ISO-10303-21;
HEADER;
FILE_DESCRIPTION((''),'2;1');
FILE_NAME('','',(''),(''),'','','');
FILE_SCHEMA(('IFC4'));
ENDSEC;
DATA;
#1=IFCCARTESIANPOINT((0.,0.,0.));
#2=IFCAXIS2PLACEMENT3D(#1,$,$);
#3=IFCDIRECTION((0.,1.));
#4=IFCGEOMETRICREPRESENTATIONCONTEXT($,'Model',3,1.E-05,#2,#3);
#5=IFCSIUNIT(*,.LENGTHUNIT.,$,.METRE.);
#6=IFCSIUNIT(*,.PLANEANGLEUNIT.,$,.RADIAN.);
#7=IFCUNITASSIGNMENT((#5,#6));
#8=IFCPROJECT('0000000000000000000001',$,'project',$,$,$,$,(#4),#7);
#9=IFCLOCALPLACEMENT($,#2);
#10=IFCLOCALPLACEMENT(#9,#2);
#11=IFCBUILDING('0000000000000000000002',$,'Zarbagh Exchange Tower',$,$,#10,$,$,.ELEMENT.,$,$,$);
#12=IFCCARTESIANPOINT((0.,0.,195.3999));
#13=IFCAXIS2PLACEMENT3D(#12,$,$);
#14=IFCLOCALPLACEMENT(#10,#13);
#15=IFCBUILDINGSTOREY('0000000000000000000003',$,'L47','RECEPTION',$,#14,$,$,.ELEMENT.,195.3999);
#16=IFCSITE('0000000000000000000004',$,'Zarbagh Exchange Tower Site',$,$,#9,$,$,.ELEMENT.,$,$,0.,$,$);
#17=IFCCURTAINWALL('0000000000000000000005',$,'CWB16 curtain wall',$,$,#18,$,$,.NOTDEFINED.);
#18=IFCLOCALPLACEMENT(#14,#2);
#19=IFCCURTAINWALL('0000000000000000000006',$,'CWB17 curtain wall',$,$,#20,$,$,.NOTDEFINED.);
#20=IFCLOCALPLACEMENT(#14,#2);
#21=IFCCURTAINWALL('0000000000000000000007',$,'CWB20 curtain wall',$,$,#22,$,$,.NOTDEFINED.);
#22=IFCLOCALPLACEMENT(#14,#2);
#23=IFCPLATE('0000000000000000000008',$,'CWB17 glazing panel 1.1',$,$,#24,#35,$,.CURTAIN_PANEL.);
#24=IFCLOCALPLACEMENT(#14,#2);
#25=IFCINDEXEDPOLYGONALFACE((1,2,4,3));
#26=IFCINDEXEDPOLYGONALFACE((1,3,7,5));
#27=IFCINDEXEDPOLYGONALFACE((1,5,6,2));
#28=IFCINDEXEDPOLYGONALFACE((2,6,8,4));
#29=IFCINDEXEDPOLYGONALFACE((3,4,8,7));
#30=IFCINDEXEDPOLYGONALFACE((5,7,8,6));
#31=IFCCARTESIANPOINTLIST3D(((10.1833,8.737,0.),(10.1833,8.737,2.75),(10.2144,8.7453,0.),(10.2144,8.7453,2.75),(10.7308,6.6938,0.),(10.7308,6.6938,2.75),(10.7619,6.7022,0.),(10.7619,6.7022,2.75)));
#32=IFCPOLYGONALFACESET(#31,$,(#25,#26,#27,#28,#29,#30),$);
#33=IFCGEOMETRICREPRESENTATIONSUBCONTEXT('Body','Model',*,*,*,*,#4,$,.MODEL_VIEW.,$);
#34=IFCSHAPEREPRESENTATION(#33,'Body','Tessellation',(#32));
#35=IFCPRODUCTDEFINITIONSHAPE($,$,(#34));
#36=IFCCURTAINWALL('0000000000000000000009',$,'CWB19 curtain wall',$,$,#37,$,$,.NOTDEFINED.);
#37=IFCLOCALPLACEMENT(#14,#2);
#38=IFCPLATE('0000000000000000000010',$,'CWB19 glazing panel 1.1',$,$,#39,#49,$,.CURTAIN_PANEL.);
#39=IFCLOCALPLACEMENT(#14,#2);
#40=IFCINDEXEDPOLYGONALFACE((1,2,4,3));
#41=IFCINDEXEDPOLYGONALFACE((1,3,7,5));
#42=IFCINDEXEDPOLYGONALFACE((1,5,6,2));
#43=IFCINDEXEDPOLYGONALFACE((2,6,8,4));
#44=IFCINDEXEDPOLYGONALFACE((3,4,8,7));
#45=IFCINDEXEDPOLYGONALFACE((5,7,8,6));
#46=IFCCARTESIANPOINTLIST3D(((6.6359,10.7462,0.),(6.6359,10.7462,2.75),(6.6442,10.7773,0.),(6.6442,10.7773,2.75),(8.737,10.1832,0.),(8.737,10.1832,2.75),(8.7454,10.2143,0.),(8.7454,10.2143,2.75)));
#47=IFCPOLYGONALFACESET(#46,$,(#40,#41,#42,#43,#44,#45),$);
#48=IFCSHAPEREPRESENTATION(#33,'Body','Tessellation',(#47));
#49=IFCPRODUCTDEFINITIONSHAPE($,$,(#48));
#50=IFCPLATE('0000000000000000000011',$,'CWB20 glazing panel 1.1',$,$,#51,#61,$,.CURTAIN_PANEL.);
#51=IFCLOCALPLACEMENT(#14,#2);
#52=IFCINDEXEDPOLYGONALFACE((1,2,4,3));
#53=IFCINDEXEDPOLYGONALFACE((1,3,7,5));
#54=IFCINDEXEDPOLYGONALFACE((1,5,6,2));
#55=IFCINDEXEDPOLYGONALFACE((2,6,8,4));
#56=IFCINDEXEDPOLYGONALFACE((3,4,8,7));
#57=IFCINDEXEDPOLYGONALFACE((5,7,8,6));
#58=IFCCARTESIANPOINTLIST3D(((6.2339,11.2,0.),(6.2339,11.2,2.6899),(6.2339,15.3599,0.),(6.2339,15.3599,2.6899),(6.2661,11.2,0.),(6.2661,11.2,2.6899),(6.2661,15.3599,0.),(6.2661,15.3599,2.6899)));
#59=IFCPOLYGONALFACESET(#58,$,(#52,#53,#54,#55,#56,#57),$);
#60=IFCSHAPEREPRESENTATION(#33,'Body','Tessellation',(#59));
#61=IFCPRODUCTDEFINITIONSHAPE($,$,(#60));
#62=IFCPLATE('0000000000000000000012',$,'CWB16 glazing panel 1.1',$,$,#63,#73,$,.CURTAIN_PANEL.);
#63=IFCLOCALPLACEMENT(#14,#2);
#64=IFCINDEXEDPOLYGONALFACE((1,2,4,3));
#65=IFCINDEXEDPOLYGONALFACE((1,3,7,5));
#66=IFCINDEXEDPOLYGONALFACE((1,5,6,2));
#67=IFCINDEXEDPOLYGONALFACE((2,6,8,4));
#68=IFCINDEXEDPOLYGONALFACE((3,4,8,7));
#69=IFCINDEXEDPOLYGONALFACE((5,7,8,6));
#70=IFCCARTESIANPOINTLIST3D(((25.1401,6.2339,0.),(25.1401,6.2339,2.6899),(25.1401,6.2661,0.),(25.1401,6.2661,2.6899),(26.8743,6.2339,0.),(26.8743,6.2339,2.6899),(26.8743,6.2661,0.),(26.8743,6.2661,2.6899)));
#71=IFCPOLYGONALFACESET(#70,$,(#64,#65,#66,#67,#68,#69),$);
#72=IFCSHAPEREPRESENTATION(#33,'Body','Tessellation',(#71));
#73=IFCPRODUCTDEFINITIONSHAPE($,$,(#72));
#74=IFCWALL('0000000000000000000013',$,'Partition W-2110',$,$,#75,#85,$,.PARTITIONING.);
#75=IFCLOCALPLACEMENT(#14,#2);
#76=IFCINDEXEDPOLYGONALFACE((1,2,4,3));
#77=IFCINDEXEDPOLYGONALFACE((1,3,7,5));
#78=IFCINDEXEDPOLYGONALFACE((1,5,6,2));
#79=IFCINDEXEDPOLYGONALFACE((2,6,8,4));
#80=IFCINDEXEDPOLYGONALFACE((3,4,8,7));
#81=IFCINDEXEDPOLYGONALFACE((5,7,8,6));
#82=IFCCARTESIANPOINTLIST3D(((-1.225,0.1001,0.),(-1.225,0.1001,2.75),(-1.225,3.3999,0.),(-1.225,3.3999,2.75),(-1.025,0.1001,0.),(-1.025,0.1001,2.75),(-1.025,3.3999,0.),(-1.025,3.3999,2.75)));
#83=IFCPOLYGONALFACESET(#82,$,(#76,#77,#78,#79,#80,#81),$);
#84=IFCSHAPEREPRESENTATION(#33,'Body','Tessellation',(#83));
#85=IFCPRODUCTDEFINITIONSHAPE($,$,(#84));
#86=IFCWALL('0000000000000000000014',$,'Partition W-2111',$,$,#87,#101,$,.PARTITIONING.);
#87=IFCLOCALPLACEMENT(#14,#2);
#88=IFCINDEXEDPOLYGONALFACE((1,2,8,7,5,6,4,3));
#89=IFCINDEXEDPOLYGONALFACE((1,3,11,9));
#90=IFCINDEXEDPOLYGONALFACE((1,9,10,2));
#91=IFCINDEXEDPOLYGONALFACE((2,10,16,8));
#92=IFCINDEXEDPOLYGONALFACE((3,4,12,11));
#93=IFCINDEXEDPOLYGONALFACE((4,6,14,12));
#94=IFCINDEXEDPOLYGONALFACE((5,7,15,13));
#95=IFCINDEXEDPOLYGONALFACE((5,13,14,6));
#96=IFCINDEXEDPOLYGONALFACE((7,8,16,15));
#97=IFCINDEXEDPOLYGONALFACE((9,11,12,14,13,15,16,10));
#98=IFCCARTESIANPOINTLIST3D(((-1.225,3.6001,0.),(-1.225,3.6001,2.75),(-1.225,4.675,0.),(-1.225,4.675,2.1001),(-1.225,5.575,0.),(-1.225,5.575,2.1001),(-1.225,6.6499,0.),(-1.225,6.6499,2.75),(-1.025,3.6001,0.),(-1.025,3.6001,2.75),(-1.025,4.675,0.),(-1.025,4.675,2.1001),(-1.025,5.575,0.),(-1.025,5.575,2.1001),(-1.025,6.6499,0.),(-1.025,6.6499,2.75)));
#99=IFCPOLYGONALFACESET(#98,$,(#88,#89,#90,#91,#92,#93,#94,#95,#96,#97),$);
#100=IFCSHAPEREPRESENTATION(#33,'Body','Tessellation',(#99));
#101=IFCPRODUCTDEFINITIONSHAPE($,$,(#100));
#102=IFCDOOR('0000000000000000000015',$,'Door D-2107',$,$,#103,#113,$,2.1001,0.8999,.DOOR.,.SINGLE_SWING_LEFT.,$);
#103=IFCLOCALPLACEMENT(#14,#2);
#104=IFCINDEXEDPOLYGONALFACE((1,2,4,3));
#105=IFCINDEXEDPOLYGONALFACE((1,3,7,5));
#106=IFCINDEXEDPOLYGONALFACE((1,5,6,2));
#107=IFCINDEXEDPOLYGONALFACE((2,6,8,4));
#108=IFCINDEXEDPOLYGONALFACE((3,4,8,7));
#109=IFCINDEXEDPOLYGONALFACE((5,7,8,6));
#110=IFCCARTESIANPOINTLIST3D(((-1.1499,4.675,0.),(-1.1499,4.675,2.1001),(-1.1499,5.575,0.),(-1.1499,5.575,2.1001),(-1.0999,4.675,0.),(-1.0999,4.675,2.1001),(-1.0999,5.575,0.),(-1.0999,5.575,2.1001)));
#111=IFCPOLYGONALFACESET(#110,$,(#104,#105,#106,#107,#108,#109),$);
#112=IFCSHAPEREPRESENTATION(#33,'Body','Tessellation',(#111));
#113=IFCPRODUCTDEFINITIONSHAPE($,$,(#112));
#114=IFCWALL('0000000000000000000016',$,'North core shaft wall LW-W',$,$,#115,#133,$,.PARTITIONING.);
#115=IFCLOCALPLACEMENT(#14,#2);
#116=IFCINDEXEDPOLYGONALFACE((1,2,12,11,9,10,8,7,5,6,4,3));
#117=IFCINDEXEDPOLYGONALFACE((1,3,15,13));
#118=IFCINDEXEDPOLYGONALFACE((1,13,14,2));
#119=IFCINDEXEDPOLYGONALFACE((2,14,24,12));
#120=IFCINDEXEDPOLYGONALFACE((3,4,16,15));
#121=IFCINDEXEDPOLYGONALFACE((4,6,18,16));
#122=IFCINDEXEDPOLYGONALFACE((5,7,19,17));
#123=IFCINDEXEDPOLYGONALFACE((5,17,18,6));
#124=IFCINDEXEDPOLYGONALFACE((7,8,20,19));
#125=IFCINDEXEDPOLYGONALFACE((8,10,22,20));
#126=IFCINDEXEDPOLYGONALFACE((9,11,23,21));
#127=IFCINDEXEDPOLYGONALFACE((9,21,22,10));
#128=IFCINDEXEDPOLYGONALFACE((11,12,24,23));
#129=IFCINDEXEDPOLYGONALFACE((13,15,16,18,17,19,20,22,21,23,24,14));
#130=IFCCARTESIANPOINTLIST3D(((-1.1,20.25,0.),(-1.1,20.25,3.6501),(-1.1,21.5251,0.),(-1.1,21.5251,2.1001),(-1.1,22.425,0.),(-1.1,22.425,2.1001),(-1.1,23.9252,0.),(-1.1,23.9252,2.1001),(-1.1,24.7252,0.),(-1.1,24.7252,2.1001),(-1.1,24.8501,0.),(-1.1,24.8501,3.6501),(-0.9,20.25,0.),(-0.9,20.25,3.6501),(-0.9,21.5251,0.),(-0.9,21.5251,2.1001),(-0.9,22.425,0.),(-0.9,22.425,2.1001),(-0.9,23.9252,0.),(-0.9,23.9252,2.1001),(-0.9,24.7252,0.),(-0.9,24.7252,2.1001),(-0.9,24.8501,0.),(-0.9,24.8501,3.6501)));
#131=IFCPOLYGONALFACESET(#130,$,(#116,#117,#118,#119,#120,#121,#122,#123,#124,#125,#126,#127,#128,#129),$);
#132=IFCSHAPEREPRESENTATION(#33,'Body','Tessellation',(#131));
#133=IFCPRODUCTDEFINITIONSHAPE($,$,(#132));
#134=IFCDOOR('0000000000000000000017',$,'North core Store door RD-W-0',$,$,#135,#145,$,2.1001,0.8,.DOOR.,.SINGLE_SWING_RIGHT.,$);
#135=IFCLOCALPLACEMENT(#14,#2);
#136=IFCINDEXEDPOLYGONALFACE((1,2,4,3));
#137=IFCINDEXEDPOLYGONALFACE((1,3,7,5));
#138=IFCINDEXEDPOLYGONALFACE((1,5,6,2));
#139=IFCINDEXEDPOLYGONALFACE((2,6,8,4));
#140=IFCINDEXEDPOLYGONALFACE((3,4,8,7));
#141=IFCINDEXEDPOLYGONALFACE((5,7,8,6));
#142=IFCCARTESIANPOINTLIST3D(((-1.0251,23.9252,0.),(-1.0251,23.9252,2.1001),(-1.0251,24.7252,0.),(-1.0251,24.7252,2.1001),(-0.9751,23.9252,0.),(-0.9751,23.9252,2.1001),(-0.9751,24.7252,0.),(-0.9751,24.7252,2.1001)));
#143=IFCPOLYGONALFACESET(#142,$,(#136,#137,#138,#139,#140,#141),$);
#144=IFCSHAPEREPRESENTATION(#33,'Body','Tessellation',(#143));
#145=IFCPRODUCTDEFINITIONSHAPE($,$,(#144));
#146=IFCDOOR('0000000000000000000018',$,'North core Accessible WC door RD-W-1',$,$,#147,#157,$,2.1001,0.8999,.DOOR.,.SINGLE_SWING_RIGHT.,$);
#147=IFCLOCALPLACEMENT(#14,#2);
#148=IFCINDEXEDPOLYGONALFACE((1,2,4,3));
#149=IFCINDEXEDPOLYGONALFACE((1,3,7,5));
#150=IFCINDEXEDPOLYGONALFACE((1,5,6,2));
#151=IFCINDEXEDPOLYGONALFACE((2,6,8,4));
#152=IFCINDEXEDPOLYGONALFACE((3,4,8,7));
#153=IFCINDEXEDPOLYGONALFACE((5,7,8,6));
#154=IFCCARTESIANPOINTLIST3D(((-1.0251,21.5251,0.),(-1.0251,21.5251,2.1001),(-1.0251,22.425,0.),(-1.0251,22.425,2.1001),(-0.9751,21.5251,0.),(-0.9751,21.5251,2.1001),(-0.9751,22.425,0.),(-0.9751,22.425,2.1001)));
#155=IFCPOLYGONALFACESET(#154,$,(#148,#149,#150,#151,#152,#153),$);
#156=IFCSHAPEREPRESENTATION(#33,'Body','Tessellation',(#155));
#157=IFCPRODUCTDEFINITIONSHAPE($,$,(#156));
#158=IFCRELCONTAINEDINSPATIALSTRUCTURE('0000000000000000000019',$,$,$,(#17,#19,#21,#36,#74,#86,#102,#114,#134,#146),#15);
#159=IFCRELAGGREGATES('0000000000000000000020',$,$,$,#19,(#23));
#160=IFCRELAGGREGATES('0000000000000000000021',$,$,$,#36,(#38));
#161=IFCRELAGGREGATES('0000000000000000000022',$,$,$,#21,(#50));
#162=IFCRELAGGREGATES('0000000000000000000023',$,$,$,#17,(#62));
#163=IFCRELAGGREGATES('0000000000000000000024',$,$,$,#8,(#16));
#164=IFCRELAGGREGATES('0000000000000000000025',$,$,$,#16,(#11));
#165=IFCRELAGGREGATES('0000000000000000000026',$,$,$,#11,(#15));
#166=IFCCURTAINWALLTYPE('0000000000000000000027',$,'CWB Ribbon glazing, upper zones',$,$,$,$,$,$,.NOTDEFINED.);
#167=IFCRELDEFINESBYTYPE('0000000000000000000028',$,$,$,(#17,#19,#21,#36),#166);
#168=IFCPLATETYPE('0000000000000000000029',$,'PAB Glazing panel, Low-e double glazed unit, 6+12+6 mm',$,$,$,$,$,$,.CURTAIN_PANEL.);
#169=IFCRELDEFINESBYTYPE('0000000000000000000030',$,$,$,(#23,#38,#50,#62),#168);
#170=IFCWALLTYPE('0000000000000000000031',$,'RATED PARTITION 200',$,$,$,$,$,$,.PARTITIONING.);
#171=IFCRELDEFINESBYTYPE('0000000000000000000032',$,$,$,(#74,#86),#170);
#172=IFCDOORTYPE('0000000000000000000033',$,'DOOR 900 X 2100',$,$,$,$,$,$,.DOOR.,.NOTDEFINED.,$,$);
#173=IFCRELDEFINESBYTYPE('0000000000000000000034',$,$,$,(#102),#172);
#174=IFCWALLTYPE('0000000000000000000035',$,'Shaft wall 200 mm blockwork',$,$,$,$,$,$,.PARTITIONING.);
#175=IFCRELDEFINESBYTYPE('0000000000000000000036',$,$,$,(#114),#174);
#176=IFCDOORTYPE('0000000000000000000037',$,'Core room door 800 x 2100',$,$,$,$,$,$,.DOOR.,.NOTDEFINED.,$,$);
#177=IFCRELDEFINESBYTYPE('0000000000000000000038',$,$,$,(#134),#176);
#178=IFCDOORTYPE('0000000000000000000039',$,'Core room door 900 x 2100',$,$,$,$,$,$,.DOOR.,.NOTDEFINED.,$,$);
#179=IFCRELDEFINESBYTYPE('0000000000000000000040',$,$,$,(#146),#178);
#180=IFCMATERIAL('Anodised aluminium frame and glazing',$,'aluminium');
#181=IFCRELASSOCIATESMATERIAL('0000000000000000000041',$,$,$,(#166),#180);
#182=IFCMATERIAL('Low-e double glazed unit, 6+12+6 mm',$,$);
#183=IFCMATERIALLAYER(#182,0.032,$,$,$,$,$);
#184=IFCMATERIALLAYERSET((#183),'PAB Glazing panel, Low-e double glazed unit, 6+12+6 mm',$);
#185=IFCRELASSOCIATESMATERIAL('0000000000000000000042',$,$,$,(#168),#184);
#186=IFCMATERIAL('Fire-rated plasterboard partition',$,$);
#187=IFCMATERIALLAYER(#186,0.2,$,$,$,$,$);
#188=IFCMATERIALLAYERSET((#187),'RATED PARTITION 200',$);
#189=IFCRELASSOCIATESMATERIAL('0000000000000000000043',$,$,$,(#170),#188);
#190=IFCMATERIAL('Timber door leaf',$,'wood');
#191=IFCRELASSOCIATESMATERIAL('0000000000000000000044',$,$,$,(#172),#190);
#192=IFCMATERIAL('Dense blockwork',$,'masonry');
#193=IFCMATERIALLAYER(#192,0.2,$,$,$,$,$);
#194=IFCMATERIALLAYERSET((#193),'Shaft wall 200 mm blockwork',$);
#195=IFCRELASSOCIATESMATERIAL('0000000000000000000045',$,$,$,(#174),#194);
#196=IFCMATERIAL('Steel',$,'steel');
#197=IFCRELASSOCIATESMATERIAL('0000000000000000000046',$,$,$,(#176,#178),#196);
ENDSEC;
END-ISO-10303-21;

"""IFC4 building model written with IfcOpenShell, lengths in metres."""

from ifc_helpers import new_model, si_unit, direction, frame, frame_2d, origin, place, context, subcontext, project, spatial, polyline, rectangle, outline, extrude, source, transform, mapped, material, layer, layer_set, type_object, element, fill, aggregate, save


model = new_model("IFC4")

# Units and contexts
model_context = context("Model", 3, precision=1e-05, world=origin(), true_north=direction((0.0, 1.0)))
body_context = subcontext(model_context, "Body", "Model", "MODEL_VIEW")
ifc_project = project(units=[si_unit("LENGTHUNIT", "METRE"), si_unit("PLANEANGLEUNIT", "RADIAN")], contexts=[model_context])

# Site, building, storey
site_placement = place(None, origin())
site = spatial("IfcSite", under=ifc_project, at=site_placement, Name="Zarbagh Exchange Tower Site", CompositionType="ELEMENT", RefElevation=0.0)
building_placement = place(site_placement, origin())
building = spatial("IfcBuilding", under=site, at=building_placement, Name="Zarbagh Exchange Tower", CompositionType="ELEMENT")
storey_placement = place(building_placement, frame((0.0, 0.0, 195.3999)))
storey = spatial("IfcBuildingStorey", under=building, at=storey_placement, Name="L47", Description="RECEPTION", CompositionType="ELEMENT", Elevation=195.3999)

# Curtain wall
ifc_material_1 = material(Name="Anodised aluminium frame and glazing", Category="aluminium")
curtain_wall_type = type_object("IfcCurtainWallType", Name="CWB Ribbon glazing, upper zones", PredefinedType="NOTDEFINED", material=ifc_material_1)
curtain_wall_1_placement = place(storey_placement, origin())
curtain_wall_1 = element("IfcCurtainWall", 1, at=curtain_wall_1_placement, inside=storey, type_object=curtain_wall_type, Name="CWB16 curtain wall", PredefinedType="NOTDEFINED")
placement = place(storey_placement, origin())

# Curtain wall
curtain_wall_2_placement = place(storey_placement, origin())
curtain_wall_2 = element("IfcCurtainWall", 2, at=curtain_wall_2_placement, inside=storey, type_object=curtain_wall_type, Name="CWB17 curtain wall", PredefinedType="NOTDEFINED")

# Curtain wall
curtain_wall_3_placement = place(storey_placement, origin())
curtain_wall_3 = element("IfcCurtainWall", 3, at=curtain_wall_3_placement, inside=storey, type_object=curtain_wall_type, Name="CWB20 curtain wall", PredefinedType="NOTDEFINED")

# Shared definitions
ifc_material_2 = material(Name="Low-e double glazed unit, 6+12+6 mm")
ifc_layer_1 = layer(ifc_material_2, 0.032)
ifc_layer_set_1 = layer_set([ifc_layer_1], Name="PAB Glazing panel, Low-e double glazed unit, 6+12+6 mm")
plate_type = type_object("IfcPlateType", Name="PAB Glazing panel, Low-e double glazed unit, 6+12+6 mm", PredefinedType="CURTAIN_PANEL", material=ifc_layer_set_1)

# Plate
shared_shape_1 = source(origin(), body_context, "Body", "SweptSolid", [
    extrude(outline(polyline([(0.0, -0.0161), (2.1152, -0.0161), (2.1152, 0.0161), (0.0, 0.0161), (0.0, -0.0161)])), origin(), (0.0, 0.0, 1.0), 2.75),
])
plate_1 = element("IfcPlate", 4, at=placement, type_object=plate_type, Name="CWB17 glazing panel 1.1", PredefinedType="CURTAIN_PANEL", context=body_context, shape_type="MappedRepresentation", body=[
    mapped(shared_shape_1, transform((10.7463, 6.698, 0.0), x_axis=(-0.258825, 0.965924, 0.0), y_axis=(-0.965924, -0.258825, 0.0), z_axis=(0.0, 0.0, 1.0))),
])
aggregate(curtain_wall_2, [plate_1])

# Curtain wall, plate
curtain_wall_4_placement = place(storey_placement, origin())
curtain_wall_4 = element("IfcCurtainWall", 5, at=curtain_wall_4_placement, inside=storey, type_object=curtain_wall_type, Name="CWB19 curtain wall", PredefinedType="NOTDEFINED")
shared_shape_2 = source(origin(), body_context, "Body", "SweptSolid", [
    extrude(outline(polyline([(0.0, -0.0161), (2.1753, -0.0161), (2.1753, 0.0161), (0.0, 0.0161), (0.0, -0.0161)])), origin(), (0.0, 0.0, 1.0), 2.75),
])
plate_2 = element("IfcPlate", 6, at=placement, type_object=plate_type, Name="CWB19 glazing panel 1.1", PredefinedType="CURTAIN_PANEL", context=body_context, shape_type="MappedRepresentation", body=[
    mapped(shared_shape_2, transform((8.7412, 10.1987, 0.0), x_axis=(-0.965924, 0.258825, 0.0), y_axis=(-0.258825, -0.965924, 0.0), z_axis=(0.0, 0.0, 1.0))),
])
aggregate(curtain_wall_4, [plate_2])

# Plates
shared_shape_3 = source(origin(), body_context, "Body", "SweptSolid", [
    extrude(outline(polyline([(0.0, -0.0161), (4.1599, -0.0161), (4.1599, 0.0161), (0.0, 0.0161), (0.0, -0.0161)])), origin(), (0.0, 0.0, 1.0), 2.6899),
])
plate_3 = element("IfcPlate", 7, at=placement, type_object=plate_type, Name="CWB20 glazing panel 1.1", PredefinedType="CURTAIN_PANEL", context=body_context, shape_type="MappedRepresentation", body=[
    mapped(shared_shape_3, transform((6.25, 11.2, 0.0), x_axis=(0.0, 1.0, 0.0), y_axis=(-1.0, 0.0, 0.0), z_axis=(0.0, 0.0, 1.0))),
])
aggregate(curtain_wall_3, [plate_3])
shared_shape_4 = source(origin(), body_context, "Body", "SweptSolid", [
    extrude(outline(polyline([(0.0, -0.0161), (1.7341, -0.0161), (1.7341, 0.0161), (0.0, 0.0161), (0.0, -0.0161)])), origin(), (0.0, 0.0, 1.0), 2.6899),
])
plate_4 = element("IfcPlate", 8, at=placement, type_object=plate_type, Name="CWB16 glazing panel 1.1", PredefinedType="CURTAIN_PANEL", context=body_context, shape_type="MappedRepresentation", body=[
    mapped(shared_shape_4, transform((26.8743, 6.25, 0.0), x_axis=(-1.0, 0.0, 0.0), y_axis=(0.0, -1.0, 0.0), z_axis=(0.0, 0.0, 1.0))),
])
aggregate(curtain_wall_1, [plate_4])

# Wall
ifc_material_3 = material(Name="Fire-rated plasterboard partition")
ifc_layer_2 = layer(ifc_material_3, 0.2)
ifc_layer_set_2 = layer_set([ifc_layer_2], Name="RATED PARTITION 200")
wall_type_1 = type_object("IfcWallType", Name="RATED PARTITION 200", PredefinedType="PARTITIONING", material=ifc_layer_set_2)
wall_1_placement = place(storey_placement, frame((-1.125, 0.1001, 0.0), z_axis=(0.0, 0.0, 1.0), x_axis=(0.0, 1.0, 0.0)))
element("IfcWall", 9, at=wall_1_placement, inside=storey, type_object=wall_type_1, Name="Partition W-2110", PredefinedType="PARTITIONING", context=body_context, shape_type="SweptSolid", body=[
    extrude(rectangle(XDim=3.2998, YDim=0.2, at=frame_2d((1.6499, 0.0))), origin(), (0.0, 0.0, 1.0), 2.75),
])

# Wall, opening, door
wall_2_placement = place(storey_placement, frame((-1.125, 3.6001, 0.0), z_axis=(0.0, 0.0, 1.0), x_axis=(0.0, 1.0, 0.0)))
wall_2 = element("IfcWall", 10, at=wall_2_placement, inside=storey, type_object=wall_type_1, Name="Partition W-2111", PredefinedType="PARTITIONING", context=body_context, shape_type="SweptSolid", body=[
    extrude(rectangle(XDim=3.0498, YDim=0.2, at=frame_2d((1.5249, 0.0))), origin(), (0.0, 0.0, 1.0), 2.75),
])
opening_1_placement = place(wall_2_placement, frame((1.075, 0.0, 0.0)))
opening_1 = element("IfcOpeningElement", 11, at=opening_1_placement, cuts=wall_2, PredefinedType="OPENING", context=body_context, shape_type="SweptSolid", body=[
    extrude(rectangle(XDim=0.8999, YDim=2.1001, at=frame_2d((0.45, 1.05))), frame((0.0, 0.1099, 0.0), z_axis=(0.0, -1.0, 0.0), x_axis=(1.0, 0.0, 0.0)), (0.0, 0.0, 1.0), 0.22),
])
ifc_material_4 = material(Name="Timber door leaf", Category="wood")
door_type_1 = type_object("IfcDoorType", Name="DOOR 900 X 2100", OperationType="NOTDEFINED", PredefinedType="DOOR", material=ifc_material_4)
door_1_placement = place(opening_1_placement, origin())
door_1 = element("IfcDoor", 12, at=door_1_placement, inside=storey, type_object=door_type_1, Name="Door D-2107", OperationType="SINGLE_SWING_LEFT", OverallHeight=2.1001, OverallWidth=0.8999, PredefinedType="DOOR", context=body_context, shape_type="SweptSolid", body=[
    extrude(rectangle(XDim=0.8999, YDim=2.1001, at=frame_2d((0.45, 1.05))), frame((0.0, 0.0249, 0.0), z_axis=(0.0, -1.0, 0.0), x_axis=(1.0, 0.0, 0.0)), (0.0, 0.0, 1.0), 0.05),
])
fill(opening_1, door_1)

# Wall, openings, doors
ifc_material_5 = material(Name="Dense blockwork", Category="masonry")
ifc_layer_3 = layer(ifc_material_5, 0.2)
ifc_layer_set_3 = layer_set([ifc_layer_3], Name="Shaft wall 200 mm blockwork")
wall_type_2 = type_object("IfcWallType", Name="Shaft wall 200 mm blockwork", PredefinedType="PARTITIONING", material=ifc_layer_set_3)
wall_3_placement = place(storey_placement, frame((-1.0, 24.8501, 0.0), z_axis=(0.0, 0.0, 1.0), x_axis=(0.0, -1.0, 0.0)))
wall_3 = element("IfcWall", 13, at=wall_3_placement, inside=storey, type_object=wall_type_2, Name="North core shaft wall LW-W", PredefinedType="PARTITIONING", context=body_context, shape_type="SweptSolid", body=[
    extrude(rectangle(XDim=4.6001, YDim=0.2, at=frame_2d((2.3, 0.0))), origin(), (0.0, 0.0, 1.0), 3.6501),
])
opening_2_placement = place(wall_3_placement, frame((0.125, 0.0, 0.0)))
opening_2 = element("IfcOpeningElement", 14, at=opening_2_placement, cuts=wall_3, PredefinedType="OPENING", context=body_context, shape_type="SweptSolid", body=[
    extrude(rectangle(XDim=0.8, YDim=2.1001, at=frame_2d((0.3999, 1.05))), frame((0.0, 0.1099, 0.0), z_axis=(0.0, -1.0, 0.0), x_axis=(1.0, 0.0, 0.0)), (0.0, 0.0, 1.0), 0.22),
])
opening_3_placement = place(wall_3_placement, frame((2.425, 0.0, 0.0)))
opening_3 = element("IfcOpeningElement", 15, at=opening_3_placement, cuts=wall_3, PredefinedType="OPENING", context=body_context, shape_type="SweptSolid", body=[
    extrude(rectangle(XDim=0.8999, YDim=2.1001, at=frame_2d((0.45, 1.05))), frame((0.0, 0.1099, 0.0), z_axis=(0.0, -1.0, 0.0), x_axis=(1.0, 0.0, 0.0)), (0.0, 0.0, 1.0), 0.22),
])
ifc_material_6 = material(Name="Steel", Category="steel")
door_type_2 = type_object("IfcDoorType", Name="Core room door 800 x 2100", OperationType="NOTDEFINED", PredefinedType="DOOR", material=ifc_material_6)
door_2_placement = place(opening_2_placement, origin())
door_2 = element("IfcDoor", 16, at=door_2_placement, inside=storey, type_object=door_type_2, Name="North core Store door RD-W-0", OperationType="SINGLE_SWING_RIGHT", OverallHeight=2.1001, OverallWidth=0.8, PredefinedType="DOOR", context=body_context, shape_type="SweptSolid", body=[
    extrude(rectangle(XDim=0.8, YDim=2.1001, at=frame_2d((0.3999, 1.05))), frame((0.0, 0.0249, 0.0), z_axis=(0.0, -1.0, 0.0), x_axis=(1.0, 0.0, 0.0)), (0.0, 0.0, 1.0), 0.05),
])
fill(opening_2, door_2)
door_type_3 = type_object("IfcDoorType", Name="Core room door 900 x 2100", OperationType="NOTDEFINED", PredefinedType="DOOR", material=ifc_material_6)
door_3_placement = place(opening_3_placement, origin())
door_3 = element("IfcDoor", 17, at=door_3_placement, inside=storey, type_object=door_type_3, Name="North core Accessible WC door RD-W-1", OperationType="SINGLE_SWING_RIGHT", OverallHeight=2.1001, OverallWidth=0.8999, PredefinedType="DOOR", context=body_context, shape_type="SweptSolid", body=[
    extrude(rectangle(XDim=0.8999, YDim=2.1001, at=frame_2d((0.45, 1.05))), frame((0.0, 0.0249, 0.0), z_axis=(0.0, -1.0, 0.0), x_axis=(1.0, 0.0, 0.0)), (0.0, 0.0, 1.0), 0.05),
])
fill(opening_3, door_3)

save(model, "model.ifc")
